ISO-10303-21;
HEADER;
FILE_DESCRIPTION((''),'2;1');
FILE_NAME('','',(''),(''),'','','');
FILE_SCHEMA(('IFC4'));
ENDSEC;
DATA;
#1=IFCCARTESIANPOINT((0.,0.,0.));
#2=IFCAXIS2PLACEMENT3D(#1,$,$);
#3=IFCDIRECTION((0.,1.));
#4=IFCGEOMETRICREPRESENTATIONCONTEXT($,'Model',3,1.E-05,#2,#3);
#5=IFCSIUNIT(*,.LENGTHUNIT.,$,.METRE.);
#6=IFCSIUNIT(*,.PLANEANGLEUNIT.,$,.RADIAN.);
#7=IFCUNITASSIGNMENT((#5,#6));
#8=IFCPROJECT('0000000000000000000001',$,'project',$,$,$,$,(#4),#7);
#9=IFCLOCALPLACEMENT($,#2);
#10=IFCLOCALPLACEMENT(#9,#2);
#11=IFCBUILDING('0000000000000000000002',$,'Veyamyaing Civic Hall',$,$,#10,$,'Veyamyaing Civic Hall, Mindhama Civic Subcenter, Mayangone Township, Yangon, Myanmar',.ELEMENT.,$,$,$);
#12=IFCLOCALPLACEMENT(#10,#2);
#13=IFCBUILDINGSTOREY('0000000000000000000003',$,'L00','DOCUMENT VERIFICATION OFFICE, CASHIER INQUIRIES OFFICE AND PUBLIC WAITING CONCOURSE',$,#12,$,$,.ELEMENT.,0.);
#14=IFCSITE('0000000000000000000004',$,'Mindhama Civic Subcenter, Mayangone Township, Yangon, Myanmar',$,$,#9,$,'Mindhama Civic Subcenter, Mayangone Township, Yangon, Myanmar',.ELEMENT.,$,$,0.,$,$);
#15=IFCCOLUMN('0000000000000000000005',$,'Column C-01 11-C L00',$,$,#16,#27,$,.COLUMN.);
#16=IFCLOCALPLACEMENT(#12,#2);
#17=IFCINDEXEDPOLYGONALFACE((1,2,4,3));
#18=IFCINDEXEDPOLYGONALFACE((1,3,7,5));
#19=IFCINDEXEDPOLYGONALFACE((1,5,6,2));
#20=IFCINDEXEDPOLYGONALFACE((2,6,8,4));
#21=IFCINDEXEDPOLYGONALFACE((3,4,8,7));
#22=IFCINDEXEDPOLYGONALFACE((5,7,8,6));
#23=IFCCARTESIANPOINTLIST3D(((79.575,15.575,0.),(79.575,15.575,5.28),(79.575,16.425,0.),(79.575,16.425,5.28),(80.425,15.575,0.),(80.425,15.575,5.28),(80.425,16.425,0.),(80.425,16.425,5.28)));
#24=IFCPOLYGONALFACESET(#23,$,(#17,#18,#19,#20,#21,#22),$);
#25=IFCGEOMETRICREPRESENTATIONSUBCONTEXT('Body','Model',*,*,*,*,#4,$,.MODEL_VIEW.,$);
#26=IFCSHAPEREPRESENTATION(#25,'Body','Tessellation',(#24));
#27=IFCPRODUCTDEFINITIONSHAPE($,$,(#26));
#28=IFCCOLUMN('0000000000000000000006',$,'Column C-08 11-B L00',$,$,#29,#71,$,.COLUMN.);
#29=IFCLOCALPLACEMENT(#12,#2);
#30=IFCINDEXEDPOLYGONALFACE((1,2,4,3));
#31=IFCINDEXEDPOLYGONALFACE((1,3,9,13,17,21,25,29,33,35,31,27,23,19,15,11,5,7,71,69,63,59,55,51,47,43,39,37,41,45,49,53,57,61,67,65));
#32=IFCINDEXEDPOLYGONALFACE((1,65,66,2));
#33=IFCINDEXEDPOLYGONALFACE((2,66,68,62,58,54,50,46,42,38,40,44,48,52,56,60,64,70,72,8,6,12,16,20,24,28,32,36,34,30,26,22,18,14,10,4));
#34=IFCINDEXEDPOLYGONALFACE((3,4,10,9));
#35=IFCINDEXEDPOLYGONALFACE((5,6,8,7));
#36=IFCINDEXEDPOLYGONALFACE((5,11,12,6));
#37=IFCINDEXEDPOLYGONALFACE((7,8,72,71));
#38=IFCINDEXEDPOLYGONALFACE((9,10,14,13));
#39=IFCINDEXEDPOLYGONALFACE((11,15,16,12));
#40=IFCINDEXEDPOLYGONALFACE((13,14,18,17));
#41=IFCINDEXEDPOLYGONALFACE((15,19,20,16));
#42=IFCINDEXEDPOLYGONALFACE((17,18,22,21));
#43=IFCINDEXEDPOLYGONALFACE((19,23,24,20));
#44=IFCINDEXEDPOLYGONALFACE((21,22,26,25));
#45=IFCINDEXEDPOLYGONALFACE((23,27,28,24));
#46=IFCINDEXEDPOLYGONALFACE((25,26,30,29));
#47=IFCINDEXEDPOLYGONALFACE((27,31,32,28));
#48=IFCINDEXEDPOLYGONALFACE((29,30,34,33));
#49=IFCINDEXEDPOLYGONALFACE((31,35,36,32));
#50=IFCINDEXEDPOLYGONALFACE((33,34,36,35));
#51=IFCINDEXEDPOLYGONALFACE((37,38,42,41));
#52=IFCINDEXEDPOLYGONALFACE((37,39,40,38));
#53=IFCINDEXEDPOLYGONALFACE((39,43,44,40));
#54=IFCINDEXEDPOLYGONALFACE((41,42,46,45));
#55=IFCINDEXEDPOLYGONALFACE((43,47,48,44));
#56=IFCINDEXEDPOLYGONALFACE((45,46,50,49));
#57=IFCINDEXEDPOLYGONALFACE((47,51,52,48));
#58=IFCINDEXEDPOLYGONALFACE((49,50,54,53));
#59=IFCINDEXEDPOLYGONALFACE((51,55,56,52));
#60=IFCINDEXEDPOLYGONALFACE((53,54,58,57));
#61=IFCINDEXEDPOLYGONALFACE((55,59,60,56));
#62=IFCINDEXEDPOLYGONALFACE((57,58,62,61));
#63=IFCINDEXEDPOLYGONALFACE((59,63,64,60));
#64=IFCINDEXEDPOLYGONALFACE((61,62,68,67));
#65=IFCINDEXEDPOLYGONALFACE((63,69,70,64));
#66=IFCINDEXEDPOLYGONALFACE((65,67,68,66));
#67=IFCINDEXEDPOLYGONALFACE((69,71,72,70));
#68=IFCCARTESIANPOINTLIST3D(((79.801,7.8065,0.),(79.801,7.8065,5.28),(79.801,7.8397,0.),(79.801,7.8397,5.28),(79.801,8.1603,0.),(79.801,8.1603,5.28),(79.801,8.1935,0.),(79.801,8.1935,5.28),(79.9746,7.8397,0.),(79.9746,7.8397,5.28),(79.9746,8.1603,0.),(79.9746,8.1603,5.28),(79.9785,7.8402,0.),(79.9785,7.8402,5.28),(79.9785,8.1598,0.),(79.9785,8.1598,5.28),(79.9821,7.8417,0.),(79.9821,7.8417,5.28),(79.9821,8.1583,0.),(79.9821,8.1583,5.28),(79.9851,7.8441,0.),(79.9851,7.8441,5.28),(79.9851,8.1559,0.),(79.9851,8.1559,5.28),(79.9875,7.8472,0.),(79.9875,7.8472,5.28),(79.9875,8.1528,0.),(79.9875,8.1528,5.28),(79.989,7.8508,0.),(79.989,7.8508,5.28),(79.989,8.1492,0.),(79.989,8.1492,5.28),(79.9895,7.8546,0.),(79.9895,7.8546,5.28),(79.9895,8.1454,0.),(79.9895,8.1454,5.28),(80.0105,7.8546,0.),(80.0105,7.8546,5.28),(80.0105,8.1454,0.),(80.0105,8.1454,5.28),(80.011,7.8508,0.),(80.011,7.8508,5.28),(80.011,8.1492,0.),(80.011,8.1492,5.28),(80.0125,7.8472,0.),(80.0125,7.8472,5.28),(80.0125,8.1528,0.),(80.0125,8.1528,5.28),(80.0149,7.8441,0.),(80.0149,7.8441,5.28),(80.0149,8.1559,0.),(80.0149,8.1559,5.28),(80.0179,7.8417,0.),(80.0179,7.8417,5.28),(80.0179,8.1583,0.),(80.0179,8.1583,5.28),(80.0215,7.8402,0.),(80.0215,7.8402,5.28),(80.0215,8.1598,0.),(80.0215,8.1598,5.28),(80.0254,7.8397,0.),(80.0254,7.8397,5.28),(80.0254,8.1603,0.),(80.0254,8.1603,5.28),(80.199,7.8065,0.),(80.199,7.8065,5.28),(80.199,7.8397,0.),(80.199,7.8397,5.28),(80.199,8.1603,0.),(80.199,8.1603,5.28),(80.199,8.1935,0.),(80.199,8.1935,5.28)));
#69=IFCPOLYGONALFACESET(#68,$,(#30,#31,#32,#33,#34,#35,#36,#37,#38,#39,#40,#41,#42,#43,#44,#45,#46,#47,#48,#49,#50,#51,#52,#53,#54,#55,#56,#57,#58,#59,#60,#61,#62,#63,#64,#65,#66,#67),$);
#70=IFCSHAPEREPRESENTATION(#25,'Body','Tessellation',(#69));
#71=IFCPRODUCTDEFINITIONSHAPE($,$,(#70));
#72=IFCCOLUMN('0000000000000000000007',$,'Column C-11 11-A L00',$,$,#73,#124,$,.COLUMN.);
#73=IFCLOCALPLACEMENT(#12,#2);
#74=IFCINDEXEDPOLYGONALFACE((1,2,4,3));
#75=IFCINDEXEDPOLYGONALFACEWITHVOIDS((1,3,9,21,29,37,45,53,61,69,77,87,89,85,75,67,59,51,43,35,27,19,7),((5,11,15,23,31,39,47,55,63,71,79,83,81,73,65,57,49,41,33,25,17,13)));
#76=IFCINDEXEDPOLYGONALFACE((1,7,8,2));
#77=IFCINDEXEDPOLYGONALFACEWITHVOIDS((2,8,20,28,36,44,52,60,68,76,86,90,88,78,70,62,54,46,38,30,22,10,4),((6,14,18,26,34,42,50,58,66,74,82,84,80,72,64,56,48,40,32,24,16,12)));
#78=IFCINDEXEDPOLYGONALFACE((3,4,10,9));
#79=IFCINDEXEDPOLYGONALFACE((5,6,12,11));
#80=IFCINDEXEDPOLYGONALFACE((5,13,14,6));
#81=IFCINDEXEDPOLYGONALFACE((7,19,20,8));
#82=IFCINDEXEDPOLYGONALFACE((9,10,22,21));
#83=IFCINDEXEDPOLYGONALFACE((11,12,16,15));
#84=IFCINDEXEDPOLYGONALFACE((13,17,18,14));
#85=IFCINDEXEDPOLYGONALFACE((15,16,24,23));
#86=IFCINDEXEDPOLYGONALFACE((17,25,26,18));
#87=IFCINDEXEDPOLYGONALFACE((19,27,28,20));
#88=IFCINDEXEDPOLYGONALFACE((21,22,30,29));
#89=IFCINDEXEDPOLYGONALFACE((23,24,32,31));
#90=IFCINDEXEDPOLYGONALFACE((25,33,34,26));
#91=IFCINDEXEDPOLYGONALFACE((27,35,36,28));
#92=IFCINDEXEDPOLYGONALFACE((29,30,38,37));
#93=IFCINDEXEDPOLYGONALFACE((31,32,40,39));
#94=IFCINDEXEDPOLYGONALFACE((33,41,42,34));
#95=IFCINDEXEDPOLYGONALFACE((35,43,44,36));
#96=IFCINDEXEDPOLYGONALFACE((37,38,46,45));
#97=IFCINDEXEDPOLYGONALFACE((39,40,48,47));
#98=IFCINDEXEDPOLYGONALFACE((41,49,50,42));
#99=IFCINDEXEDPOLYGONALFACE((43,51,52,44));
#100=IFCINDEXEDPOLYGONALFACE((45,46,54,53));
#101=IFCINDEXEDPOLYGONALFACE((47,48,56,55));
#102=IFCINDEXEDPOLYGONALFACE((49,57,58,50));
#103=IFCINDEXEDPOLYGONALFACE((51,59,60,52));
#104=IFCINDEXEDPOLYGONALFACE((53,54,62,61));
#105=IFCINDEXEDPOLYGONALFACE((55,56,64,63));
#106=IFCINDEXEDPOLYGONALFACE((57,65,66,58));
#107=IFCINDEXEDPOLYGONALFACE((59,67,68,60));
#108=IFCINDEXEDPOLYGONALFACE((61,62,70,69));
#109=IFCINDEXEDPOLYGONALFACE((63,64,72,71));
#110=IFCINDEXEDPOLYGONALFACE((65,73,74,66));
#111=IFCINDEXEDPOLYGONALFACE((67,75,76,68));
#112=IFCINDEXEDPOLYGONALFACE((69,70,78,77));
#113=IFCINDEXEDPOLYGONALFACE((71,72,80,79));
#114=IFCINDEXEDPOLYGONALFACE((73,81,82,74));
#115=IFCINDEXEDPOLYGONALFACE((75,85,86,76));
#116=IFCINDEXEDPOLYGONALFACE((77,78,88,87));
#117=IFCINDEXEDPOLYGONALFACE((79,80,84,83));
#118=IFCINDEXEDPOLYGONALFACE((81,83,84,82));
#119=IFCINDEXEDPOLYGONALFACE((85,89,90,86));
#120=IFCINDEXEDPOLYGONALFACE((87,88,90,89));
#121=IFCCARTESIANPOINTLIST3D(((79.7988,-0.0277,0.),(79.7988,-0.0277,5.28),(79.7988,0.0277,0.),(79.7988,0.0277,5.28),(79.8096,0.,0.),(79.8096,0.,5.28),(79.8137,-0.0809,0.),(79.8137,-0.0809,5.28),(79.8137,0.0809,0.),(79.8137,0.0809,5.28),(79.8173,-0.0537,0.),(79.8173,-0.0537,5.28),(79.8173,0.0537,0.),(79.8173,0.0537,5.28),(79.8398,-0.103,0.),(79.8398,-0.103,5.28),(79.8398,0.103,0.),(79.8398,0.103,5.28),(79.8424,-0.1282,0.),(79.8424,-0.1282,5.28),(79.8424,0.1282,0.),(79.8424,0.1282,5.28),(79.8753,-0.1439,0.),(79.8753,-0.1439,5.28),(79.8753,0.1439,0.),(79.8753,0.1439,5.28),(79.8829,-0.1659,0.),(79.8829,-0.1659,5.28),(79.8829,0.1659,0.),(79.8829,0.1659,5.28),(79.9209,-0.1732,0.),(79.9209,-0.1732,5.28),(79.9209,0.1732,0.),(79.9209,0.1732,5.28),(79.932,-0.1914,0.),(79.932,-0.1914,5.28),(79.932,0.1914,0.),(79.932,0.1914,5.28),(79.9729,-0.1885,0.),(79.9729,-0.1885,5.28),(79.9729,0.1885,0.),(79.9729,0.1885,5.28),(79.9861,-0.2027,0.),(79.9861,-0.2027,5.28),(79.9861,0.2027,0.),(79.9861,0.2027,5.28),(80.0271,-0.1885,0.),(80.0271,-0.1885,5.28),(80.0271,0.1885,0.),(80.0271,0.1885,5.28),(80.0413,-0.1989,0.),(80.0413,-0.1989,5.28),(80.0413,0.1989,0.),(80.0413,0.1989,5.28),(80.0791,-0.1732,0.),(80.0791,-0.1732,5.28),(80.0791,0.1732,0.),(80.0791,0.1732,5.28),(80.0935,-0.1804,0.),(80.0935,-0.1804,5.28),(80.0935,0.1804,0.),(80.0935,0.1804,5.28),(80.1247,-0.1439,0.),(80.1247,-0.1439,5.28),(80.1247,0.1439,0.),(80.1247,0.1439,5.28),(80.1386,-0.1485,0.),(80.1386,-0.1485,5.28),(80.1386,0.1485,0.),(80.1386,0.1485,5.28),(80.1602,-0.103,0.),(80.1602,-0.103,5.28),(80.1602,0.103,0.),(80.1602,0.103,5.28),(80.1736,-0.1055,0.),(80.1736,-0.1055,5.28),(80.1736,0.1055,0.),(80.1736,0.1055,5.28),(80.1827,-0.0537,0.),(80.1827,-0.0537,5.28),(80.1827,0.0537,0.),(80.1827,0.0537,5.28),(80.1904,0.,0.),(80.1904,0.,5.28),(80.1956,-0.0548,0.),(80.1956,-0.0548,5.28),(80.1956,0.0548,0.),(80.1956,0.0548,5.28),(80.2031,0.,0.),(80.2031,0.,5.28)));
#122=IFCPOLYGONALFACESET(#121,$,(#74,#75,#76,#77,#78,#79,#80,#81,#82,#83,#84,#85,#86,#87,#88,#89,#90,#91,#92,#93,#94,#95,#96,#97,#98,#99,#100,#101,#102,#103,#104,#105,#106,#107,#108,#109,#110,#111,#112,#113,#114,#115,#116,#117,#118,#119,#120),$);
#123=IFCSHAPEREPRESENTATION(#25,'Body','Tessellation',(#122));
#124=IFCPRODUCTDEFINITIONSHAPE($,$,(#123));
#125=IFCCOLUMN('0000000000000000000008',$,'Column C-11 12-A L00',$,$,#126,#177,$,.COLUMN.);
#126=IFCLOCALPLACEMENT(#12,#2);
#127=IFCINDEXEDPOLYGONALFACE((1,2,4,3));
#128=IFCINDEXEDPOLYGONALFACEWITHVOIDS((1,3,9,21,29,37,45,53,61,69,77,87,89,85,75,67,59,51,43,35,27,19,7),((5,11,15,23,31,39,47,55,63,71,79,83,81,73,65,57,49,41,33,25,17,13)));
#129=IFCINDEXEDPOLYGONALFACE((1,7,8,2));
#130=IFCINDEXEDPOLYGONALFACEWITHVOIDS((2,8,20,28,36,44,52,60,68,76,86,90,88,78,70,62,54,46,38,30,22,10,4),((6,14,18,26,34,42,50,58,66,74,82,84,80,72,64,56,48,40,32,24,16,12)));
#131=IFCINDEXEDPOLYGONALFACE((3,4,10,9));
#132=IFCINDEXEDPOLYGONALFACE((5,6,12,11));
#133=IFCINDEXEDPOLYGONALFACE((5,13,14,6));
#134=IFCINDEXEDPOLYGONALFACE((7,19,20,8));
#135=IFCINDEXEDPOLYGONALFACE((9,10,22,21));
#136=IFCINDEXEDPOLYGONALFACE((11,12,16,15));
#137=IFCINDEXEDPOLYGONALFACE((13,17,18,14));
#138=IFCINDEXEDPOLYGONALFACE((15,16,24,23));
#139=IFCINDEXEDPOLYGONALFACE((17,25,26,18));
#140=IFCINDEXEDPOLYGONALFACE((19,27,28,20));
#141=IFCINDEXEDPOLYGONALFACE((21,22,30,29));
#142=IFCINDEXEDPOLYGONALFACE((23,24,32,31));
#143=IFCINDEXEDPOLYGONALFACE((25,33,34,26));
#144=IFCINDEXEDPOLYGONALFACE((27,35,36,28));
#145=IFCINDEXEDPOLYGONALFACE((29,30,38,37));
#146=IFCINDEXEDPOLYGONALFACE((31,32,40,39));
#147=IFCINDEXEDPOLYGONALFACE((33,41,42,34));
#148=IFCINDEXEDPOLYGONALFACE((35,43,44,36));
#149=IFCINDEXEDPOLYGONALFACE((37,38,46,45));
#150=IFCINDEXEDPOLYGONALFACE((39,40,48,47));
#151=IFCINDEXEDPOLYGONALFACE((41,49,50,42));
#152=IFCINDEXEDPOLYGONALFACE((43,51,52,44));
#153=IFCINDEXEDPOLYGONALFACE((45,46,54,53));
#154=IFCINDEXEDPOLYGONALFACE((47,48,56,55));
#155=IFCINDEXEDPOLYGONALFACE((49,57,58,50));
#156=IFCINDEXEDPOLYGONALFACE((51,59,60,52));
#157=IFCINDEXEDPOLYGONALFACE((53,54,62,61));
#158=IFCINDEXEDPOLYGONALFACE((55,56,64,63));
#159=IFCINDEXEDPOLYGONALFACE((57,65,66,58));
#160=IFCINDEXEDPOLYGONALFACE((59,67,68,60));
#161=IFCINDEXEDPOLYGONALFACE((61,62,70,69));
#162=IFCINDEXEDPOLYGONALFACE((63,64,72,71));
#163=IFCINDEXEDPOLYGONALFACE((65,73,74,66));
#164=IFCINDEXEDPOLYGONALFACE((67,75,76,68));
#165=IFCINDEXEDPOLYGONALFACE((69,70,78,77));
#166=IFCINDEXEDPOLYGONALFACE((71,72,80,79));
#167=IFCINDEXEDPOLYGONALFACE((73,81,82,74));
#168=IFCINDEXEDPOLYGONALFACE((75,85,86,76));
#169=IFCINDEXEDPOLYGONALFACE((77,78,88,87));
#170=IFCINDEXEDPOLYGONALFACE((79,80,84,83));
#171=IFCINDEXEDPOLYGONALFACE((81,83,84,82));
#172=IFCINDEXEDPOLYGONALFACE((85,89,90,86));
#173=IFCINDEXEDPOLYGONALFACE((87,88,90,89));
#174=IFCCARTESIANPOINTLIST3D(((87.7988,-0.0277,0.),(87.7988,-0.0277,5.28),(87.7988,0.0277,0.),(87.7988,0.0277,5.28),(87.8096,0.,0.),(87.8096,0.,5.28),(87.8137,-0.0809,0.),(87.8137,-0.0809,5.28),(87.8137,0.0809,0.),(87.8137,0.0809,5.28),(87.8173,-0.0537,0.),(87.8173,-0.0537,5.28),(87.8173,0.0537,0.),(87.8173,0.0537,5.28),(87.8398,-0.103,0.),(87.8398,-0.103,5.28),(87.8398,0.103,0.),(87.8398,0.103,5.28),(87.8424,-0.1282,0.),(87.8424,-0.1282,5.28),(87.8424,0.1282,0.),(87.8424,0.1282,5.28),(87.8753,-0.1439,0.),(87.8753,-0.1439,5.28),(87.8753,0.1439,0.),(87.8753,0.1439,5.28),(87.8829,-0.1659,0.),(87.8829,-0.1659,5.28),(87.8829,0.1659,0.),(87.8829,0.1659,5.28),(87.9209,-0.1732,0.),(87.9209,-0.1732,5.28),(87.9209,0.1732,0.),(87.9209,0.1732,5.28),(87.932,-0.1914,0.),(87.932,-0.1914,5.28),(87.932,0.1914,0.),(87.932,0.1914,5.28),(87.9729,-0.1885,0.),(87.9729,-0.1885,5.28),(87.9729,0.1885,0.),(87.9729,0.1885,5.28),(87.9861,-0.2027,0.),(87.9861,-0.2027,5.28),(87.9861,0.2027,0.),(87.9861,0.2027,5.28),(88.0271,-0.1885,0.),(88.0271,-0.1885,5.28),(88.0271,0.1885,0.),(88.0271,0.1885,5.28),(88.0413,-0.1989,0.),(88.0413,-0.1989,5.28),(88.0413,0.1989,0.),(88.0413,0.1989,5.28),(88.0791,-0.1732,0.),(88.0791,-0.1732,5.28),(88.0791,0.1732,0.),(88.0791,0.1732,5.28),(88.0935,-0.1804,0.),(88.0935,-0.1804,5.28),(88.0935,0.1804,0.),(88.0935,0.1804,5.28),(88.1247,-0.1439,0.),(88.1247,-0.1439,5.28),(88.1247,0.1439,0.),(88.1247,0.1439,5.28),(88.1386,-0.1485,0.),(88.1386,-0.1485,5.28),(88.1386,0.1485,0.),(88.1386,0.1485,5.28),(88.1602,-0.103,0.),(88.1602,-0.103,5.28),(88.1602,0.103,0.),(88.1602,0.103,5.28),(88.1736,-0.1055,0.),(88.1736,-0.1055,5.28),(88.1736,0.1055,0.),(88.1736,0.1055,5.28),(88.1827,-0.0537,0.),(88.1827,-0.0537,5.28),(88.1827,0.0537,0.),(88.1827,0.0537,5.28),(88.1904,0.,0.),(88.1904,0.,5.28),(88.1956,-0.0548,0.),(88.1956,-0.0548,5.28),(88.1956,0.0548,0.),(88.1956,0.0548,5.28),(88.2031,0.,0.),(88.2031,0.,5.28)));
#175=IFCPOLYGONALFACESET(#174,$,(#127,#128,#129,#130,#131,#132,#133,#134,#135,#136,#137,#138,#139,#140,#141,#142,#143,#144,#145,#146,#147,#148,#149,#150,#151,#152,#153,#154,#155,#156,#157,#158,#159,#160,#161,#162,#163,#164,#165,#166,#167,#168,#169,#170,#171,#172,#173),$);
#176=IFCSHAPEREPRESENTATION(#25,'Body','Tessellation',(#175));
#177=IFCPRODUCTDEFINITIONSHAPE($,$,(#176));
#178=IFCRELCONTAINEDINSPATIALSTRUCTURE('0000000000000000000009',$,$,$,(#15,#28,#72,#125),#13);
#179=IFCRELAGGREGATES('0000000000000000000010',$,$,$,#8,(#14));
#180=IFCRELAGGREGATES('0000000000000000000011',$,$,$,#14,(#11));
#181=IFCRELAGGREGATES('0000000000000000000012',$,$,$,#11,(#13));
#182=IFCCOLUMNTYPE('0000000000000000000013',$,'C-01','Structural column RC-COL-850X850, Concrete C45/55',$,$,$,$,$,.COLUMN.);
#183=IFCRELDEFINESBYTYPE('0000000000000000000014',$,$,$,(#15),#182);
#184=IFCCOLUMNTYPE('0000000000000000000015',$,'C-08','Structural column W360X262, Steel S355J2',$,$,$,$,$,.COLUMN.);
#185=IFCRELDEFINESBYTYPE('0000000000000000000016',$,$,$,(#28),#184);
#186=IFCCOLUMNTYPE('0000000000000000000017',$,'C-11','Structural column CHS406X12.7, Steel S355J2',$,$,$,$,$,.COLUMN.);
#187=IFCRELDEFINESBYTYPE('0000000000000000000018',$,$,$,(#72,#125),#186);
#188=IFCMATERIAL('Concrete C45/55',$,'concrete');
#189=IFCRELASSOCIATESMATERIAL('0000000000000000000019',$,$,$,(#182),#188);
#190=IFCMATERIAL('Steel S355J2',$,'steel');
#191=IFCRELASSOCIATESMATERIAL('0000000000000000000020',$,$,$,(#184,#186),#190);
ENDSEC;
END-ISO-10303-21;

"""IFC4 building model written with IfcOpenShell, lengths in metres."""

from ifc_helpers import new_model, si_unit, direction, frame, origin, origin_2d, place, context, subcontext, project, spatial, rectangle, hollow_circle, i_section, extrude, material, material_profile, profile_set, type_object, element, save


model = new_model("IFC4")

# Units and contexts
model_context = context("Model", 3, precision=1e-05, world=origin(), true_north=direction((0.0, 1.0)))
body_context = subcontext(model_context, "Body", "Model", "MODEL_VIEW")
ifc_project = project(units=[si_unit("LENGTHUNIT", "METRE"), si_unit("PLANEANGLEUNIT", "RADIAN")], contexts=[model_context])

# Site, building, storey
site_placement = place(None, origin())
site = spatial("IfcSite", under=ifc_project, at=site_placement, Name="Mindhama Civic Subcenter, Mayangone Township, Yangon, Myanmar", LongName="Mindhama Civic Subcenter, Mayangone Township, Yangon, Myanmar", CompositionType="ELEMENT", RefElevation=0.0)
building_placement = place(site_placement, origin())
building = spatial("IfcBuilding", under=site, at=building_placement, Name="Veyamyaing Civic Hall", LongName="Veyamyaing Civic Hall, Mindhama Civic Subcenter, Mayangone Township, Yangon, Myanmar", CompositionType="ELEMENT")
storey_placement = place(building_placement, origin())
storey = spatial("IfcBuildingStorey", under=building, at=storey_placement, Name="L00", Description="DOCUMENT VERIFICATION OFFICE, CASHIER INQUIRIES OFFICE AND PUBLIC WAITING CONCOURSE", CompositionType="ELEMENT", Elevation=0.0)

# Columns
ifc_material_1 = material(Name="Concrete C45/55", Category="concrete")
ifc_material_profile_1 = material_profile(ifc_material_1, rectangle(XDim=0.8501, YDim=0.8501, at=origin_2d()), Name="RC-COL-850X850")
ifc_profile_set_1 = profile_set([ifc_material_profile_1], Name="Concrete C45/55")
column_type_1 = type_object("IfcColumnType", Name="C-01", Description="Structural column RC-COL-850X850, Concrete C45/55", PredefinedType="COLUMN", material=ifc_profile_set_1)
column_1_placement = place(storey_placement, frame((80.0, 16.0, 0.0), z_axis=(0.0, 0.0, 1.0), x_axis=(1.0, 0.0, 0.0)))
element("IfcColumn", 1, at=column_1_placement, inside=storey, type_object=column_type_1, Name="Column C-01 11-C L00", PredefinedType="COLUMN", context=body_context, shape_type="SweptSolid", body=[
    extrude(rectangle(XDim=0.8501, YDim=0.8501, at=origin_2d()), origin(), (0.0, 0.0, 1.0), 5.28),
])
ifc_material_2 = material(Name="Steel S355J2", Category="steel")
ifc_material_profile_2 = material_profile(ifc_material_2, i_section(OverallWidth=0.3979, OverallDepth=0.387, WebThickness=0.021, FlangeThickness=0.0332, FilletRadius=0.0149, at=origin_2d()), Name="W360X262")
ifc_profile_set_2 = profile_set([ifc_material_profile_2], Name="Steel S355J2")
column_type_2 = type_object("IfcColumnType", Name="C-08", Description="Structural column W360X262, Steel S355J2", PredefinedType="COLUMN", material=ifc_profile_set_2)
column_2_placement = place(storey_placement, frame((80.0, 8.0, 0.0), z_axis=(0.0, 0.0, 1.0), x_axis=(1.0, 0.0, 0.0)))
element("IfcColumn", 2, at=column_2_placement, inside=storey, type_object=column_type_2, Name="Column C-08 11-B L00", PredefinedType="COLUMN", context=body_context, shape_type="SweptSolid", body=[
    extrude(i_section(OverallWidth=0.3979, OverallDepth=0.387, WebThickness=0.021, FlangeThickness=0.0332, FilletRadius=0.0149, at=origin_2d()), origin(), (0.0, 0.0, 1.0), 5.28),
])
ifc_material_profile_3 = material_profile(ifc_material_2, hollow_circle(Radius=0.2031, WallThickness=0.0127, at=origin_2d()), Name="CHS406X12.7")
ifc_profile_set_3 = profile_set([ifc_material_profile_3], Name="Steel S355J2")
column_type_3 = type_object("IfcColumnType", Name="C-11", Description="Structural column CHS406X12.7, Steel S355J2", PredefinedType="COLUMN", material=ifc_profile_set_3)
for number, where, z_axis, x_axis, name in (
    (3, (80.0, 0.0, 0.0), (0.0, 0.0, 1.0), (1.0, 0.0, 0.0), "Column C-11 11-A L00"),
    (4, (88.0, 0.0, 0.0), (0.0, 0.0, 1.0), (1.0, 0.0, 0.0), "Column C-11 12-A L00"),
):
    element("IfcColumn", number, at=place(storey_placement, frame(where, z_axis=z_axis, x_axis=x_axis)), inside=storey, type_object=column_type_3, Name=name, PredefinedType="COLUMN", context=body_context, shape_type="SweptSolid", body=[
        extrude(hollow_circle(Radius=0.2031, WallThickness=0.0127, at=origin_2d()), origin(), (0.0, 0.0, 1.0), 5.28),
    ])

save(model, "model.ifc")
